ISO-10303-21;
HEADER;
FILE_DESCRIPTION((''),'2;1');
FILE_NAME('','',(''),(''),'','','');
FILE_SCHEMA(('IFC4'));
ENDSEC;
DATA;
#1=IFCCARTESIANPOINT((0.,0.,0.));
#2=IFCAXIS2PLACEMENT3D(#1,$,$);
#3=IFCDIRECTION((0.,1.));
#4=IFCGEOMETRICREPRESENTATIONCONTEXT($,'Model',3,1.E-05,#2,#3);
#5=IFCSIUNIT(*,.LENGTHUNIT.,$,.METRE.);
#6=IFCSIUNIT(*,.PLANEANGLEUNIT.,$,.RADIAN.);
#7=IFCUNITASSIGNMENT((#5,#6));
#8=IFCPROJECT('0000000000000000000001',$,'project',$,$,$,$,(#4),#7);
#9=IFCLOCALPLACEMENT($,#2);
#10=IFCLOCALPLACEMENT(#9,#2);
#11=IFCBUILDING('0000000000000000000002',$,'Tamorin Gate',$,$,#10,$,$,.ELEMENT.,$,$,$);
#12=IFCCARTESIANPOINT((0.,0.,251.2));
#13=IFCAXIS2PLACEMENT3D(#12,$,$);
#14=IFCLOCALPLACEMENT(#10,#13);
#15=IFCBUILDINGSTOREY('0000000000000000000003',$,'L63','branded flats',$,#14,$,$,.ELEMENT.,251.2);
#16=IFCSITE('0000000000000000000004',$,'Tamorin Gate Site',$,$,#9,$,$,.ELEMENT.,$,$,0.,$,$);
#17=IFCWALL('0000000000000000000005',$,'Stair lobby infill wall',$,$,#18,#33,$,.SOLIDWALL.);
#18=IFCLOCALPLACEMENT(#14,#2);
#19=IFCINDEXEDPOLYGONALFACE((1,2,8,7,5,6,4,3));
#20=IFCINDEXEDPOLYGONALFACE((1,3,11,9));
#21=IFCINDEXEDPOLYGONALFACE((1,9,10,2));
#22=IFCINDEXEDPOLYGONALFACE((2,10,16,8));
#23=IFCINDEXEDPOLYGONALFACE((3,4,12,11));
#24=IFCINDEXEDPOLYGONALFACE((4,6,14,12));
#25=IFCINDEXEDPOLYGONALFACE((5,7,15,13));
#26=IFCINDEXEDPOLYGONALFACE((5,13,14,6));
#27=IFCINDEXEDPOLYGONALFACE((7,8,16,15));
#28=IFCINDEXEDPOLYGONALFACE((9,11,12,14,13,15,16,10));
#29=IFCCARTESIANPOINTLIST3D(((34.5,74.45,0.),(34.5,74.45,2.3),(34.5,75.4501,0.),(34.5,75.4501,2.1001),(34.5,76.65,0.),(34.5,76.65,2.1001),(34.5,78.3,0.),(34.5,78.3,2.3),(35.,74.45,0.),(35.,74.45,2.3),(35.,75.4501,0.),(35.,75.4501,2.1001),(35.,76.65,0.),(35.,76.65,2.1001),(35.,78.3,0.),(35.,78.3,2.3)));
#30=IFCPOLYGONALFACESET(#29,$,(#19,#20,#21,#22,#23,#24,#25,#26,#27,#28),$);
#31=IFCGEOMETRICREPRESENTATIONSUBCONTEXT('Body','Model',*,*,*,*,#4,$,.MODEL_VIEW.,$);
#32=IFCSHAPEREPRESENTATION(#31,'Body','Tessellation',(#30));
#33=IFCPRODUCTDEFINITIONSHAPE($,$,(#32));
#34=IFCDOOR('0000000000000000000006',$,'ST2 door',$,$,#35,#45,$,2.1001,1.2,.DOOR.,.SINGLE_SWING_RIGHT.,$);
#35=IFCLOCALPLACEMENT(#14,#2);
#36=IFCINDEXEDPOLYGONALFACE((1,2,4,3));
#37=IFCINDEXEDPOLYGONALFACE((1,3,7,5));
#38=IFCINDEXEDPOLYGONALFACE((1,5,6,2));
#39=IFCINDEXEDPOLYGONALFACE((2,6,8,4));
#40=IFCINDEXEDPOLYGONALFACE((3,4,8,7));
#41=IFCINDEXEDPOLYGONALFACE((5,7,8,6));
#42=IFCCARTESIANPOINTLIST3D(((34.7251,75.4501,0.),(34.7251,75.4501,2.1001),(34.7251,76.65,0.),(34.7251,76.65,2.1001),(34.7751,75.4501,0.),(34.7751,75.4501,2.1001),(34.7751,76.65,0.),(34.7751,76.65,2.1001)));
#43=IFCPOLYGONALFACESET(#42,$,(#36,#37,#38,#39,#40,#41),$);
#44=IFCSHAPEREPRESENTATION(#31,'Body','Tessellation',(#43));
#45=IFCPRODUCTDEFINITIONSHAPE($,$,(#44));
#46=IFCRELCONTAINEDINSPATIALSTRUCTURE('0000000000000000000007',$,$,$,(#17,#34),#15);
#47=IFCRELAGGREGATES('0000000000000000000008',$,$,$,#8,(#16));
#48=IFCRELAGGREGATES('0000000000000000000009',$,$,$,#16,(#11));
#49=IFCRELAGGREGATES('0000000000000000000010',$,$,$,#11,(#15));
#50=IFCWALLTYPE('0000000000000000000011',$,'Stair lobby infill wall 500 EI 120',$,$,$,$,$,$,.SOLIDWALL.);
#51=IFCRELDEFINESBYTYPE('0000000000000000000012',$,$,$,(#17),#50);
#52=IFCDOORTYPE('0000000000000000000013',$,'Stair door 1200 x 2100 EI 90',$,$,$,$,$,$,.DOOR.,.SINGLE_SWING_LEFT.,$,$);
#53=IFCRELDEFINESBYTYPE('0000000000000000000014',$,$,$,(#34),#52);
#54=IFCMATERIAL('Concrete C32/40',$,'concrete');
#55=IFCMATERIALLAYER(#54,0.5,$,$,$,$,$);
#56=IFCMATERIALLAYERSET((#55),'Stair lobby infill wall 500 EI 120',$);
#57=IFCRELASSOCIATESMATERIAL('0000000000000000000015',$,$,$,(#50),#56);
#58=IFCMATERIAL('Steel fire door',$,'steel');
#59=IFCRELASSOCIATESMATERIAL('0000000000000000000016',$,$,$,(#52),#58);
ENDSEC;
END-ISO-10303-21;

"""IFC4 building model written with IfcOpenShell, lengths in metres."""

from ifc_helpers import new_model, si_unit, direction, frame, frame_2d, origin, place, context, subcontext, project, spatial, rectangle, extrude, material, layer, layer_set, type_object, element, fill, save


model = new_model("IFC4")

# Units and contexts
model_context = context("Model", 3, precision=1e-05, world=origin(), true_north=direction((0.0, 1.0)))
body_context = subcontext(model_context, "Body", "Model", "MODEL_VIEW")
ifc_project = project(units=[si_unit("LENGTHUNIT", "METRE"), si_unit("PLANEANGLEUNIT", "RADIAN")], contexts=[model_context])

# Site, building, storey
site_placement = place(None, origin())
site = spatial("IfcSite", under=ifc_project, at=site_placement, Name="Tamorin Gate Site", CompositionType="ELEMENT", RefElevation=0.0)
building_placement = place(site_placement, origin())
building = spatial("IfcBuilding", under=site, at=building_placement, Name="Tamorin Gate", CompositionType="ELEMENT")
storey_placement = place(building_placement, frame((0.0, 0.0, 251.2)))
storey = spatial("IfcBuildingStorey", under=building, at=storey_placement, Name="L63", Description="branded flats", CompositionType="ELEMENT", Elevation=251.2)

# Wall, opening, door
ifc_material_1 = material(Name="Steel fire door", Category="steel")
ifc_material_2 = material(Name="Concrete C32/40", Category="concrete")
ifc_layer_1 = layer(ifc_material_2, 0.5)
ifc_layer_set_1 = layer_set([ifc_layer_1], Name="Stair lobby infill wall 500 EI 120")
wall_type_1 = type_object("IfcWallType", Name="Stair lobby infill wall 500 EI 120", PredefinedType="SOLIDWALL", material=ifc_layer_set_1)
door_type_1 = type_object("IfcDoorType", Name="Stair door 1200 x 2100 EI 90", OperationType="SINGLE_SWING_LEFT", PredefinedType="DOOR", material=ifc_material_1)
wall_1_placement = place(storey_placement, frame((34.75, 74.45, 0.0), z_axis=(0.0, 0.0, 1.0), x_axis=(0.0, 1.0, 0.0)))
wall_1 = element("IfcWall", 1, at=wall_1_placement, inside=storey, type_object=wall_type_1, Name="Stair lobby infill wall", PredefinedType="SOLIDWALL", context=body_context, shape_type="SweptSolid", body=[
    extrude(rectangle(XDim=3.8501, YDim=0.5, at=frame_2d((1.925, 0.0))), origin(), (0.0, 0.0, 1.0), 2.3),
])
opening_1_placement = place(wall_1_placement, frame((1.0, 0.0, 0.0)))
opening_1 = element("IfcOpeningElement", 2, at=opening_1_placement, cuts=wall_1, PredefinedType="OPENING", context=body_context, shape_type="SweptSolid", body=[
    extrude(rectangle(XDim=1.2, YDim=2.1001, at=frame_2d((0.6001, 1.05))), frame((0.0, 0.26, 0.0), z_axis=(0.0, -1.0, 0.0), x_axis=(1.0, 0.0, 0.0)), (0.0, 0.0, 1.0), 0.52),
])
door_1_placement = place(opening_1_placement, origin())
door_1 = element("IfcDoor", 3, at=door_1_placement, inside=storey, type_object=door_type_1, Name="ST2 door", OperationType="SINGLE_SWING_RIGHT", OverallHeight=2.1001, OverallWidth=1.2, PredefinedType="DOOR", context=body_context, shape_type="SweptSolid", body=[
    extrude(rectangle(XDim=1.2, YDim=2.1001, at=frame_2d((0.6001, 1.05))), frame((0.0, 0.0249, 0.0), z_axis=(0.0, -1.0, 0.0), x_axis=(1.0, 0.0, 0.0)), (0.0, 0.0, 1.0), 0.05),
])
fill(opening_1, door_1)

save(model, "model.ifc")
